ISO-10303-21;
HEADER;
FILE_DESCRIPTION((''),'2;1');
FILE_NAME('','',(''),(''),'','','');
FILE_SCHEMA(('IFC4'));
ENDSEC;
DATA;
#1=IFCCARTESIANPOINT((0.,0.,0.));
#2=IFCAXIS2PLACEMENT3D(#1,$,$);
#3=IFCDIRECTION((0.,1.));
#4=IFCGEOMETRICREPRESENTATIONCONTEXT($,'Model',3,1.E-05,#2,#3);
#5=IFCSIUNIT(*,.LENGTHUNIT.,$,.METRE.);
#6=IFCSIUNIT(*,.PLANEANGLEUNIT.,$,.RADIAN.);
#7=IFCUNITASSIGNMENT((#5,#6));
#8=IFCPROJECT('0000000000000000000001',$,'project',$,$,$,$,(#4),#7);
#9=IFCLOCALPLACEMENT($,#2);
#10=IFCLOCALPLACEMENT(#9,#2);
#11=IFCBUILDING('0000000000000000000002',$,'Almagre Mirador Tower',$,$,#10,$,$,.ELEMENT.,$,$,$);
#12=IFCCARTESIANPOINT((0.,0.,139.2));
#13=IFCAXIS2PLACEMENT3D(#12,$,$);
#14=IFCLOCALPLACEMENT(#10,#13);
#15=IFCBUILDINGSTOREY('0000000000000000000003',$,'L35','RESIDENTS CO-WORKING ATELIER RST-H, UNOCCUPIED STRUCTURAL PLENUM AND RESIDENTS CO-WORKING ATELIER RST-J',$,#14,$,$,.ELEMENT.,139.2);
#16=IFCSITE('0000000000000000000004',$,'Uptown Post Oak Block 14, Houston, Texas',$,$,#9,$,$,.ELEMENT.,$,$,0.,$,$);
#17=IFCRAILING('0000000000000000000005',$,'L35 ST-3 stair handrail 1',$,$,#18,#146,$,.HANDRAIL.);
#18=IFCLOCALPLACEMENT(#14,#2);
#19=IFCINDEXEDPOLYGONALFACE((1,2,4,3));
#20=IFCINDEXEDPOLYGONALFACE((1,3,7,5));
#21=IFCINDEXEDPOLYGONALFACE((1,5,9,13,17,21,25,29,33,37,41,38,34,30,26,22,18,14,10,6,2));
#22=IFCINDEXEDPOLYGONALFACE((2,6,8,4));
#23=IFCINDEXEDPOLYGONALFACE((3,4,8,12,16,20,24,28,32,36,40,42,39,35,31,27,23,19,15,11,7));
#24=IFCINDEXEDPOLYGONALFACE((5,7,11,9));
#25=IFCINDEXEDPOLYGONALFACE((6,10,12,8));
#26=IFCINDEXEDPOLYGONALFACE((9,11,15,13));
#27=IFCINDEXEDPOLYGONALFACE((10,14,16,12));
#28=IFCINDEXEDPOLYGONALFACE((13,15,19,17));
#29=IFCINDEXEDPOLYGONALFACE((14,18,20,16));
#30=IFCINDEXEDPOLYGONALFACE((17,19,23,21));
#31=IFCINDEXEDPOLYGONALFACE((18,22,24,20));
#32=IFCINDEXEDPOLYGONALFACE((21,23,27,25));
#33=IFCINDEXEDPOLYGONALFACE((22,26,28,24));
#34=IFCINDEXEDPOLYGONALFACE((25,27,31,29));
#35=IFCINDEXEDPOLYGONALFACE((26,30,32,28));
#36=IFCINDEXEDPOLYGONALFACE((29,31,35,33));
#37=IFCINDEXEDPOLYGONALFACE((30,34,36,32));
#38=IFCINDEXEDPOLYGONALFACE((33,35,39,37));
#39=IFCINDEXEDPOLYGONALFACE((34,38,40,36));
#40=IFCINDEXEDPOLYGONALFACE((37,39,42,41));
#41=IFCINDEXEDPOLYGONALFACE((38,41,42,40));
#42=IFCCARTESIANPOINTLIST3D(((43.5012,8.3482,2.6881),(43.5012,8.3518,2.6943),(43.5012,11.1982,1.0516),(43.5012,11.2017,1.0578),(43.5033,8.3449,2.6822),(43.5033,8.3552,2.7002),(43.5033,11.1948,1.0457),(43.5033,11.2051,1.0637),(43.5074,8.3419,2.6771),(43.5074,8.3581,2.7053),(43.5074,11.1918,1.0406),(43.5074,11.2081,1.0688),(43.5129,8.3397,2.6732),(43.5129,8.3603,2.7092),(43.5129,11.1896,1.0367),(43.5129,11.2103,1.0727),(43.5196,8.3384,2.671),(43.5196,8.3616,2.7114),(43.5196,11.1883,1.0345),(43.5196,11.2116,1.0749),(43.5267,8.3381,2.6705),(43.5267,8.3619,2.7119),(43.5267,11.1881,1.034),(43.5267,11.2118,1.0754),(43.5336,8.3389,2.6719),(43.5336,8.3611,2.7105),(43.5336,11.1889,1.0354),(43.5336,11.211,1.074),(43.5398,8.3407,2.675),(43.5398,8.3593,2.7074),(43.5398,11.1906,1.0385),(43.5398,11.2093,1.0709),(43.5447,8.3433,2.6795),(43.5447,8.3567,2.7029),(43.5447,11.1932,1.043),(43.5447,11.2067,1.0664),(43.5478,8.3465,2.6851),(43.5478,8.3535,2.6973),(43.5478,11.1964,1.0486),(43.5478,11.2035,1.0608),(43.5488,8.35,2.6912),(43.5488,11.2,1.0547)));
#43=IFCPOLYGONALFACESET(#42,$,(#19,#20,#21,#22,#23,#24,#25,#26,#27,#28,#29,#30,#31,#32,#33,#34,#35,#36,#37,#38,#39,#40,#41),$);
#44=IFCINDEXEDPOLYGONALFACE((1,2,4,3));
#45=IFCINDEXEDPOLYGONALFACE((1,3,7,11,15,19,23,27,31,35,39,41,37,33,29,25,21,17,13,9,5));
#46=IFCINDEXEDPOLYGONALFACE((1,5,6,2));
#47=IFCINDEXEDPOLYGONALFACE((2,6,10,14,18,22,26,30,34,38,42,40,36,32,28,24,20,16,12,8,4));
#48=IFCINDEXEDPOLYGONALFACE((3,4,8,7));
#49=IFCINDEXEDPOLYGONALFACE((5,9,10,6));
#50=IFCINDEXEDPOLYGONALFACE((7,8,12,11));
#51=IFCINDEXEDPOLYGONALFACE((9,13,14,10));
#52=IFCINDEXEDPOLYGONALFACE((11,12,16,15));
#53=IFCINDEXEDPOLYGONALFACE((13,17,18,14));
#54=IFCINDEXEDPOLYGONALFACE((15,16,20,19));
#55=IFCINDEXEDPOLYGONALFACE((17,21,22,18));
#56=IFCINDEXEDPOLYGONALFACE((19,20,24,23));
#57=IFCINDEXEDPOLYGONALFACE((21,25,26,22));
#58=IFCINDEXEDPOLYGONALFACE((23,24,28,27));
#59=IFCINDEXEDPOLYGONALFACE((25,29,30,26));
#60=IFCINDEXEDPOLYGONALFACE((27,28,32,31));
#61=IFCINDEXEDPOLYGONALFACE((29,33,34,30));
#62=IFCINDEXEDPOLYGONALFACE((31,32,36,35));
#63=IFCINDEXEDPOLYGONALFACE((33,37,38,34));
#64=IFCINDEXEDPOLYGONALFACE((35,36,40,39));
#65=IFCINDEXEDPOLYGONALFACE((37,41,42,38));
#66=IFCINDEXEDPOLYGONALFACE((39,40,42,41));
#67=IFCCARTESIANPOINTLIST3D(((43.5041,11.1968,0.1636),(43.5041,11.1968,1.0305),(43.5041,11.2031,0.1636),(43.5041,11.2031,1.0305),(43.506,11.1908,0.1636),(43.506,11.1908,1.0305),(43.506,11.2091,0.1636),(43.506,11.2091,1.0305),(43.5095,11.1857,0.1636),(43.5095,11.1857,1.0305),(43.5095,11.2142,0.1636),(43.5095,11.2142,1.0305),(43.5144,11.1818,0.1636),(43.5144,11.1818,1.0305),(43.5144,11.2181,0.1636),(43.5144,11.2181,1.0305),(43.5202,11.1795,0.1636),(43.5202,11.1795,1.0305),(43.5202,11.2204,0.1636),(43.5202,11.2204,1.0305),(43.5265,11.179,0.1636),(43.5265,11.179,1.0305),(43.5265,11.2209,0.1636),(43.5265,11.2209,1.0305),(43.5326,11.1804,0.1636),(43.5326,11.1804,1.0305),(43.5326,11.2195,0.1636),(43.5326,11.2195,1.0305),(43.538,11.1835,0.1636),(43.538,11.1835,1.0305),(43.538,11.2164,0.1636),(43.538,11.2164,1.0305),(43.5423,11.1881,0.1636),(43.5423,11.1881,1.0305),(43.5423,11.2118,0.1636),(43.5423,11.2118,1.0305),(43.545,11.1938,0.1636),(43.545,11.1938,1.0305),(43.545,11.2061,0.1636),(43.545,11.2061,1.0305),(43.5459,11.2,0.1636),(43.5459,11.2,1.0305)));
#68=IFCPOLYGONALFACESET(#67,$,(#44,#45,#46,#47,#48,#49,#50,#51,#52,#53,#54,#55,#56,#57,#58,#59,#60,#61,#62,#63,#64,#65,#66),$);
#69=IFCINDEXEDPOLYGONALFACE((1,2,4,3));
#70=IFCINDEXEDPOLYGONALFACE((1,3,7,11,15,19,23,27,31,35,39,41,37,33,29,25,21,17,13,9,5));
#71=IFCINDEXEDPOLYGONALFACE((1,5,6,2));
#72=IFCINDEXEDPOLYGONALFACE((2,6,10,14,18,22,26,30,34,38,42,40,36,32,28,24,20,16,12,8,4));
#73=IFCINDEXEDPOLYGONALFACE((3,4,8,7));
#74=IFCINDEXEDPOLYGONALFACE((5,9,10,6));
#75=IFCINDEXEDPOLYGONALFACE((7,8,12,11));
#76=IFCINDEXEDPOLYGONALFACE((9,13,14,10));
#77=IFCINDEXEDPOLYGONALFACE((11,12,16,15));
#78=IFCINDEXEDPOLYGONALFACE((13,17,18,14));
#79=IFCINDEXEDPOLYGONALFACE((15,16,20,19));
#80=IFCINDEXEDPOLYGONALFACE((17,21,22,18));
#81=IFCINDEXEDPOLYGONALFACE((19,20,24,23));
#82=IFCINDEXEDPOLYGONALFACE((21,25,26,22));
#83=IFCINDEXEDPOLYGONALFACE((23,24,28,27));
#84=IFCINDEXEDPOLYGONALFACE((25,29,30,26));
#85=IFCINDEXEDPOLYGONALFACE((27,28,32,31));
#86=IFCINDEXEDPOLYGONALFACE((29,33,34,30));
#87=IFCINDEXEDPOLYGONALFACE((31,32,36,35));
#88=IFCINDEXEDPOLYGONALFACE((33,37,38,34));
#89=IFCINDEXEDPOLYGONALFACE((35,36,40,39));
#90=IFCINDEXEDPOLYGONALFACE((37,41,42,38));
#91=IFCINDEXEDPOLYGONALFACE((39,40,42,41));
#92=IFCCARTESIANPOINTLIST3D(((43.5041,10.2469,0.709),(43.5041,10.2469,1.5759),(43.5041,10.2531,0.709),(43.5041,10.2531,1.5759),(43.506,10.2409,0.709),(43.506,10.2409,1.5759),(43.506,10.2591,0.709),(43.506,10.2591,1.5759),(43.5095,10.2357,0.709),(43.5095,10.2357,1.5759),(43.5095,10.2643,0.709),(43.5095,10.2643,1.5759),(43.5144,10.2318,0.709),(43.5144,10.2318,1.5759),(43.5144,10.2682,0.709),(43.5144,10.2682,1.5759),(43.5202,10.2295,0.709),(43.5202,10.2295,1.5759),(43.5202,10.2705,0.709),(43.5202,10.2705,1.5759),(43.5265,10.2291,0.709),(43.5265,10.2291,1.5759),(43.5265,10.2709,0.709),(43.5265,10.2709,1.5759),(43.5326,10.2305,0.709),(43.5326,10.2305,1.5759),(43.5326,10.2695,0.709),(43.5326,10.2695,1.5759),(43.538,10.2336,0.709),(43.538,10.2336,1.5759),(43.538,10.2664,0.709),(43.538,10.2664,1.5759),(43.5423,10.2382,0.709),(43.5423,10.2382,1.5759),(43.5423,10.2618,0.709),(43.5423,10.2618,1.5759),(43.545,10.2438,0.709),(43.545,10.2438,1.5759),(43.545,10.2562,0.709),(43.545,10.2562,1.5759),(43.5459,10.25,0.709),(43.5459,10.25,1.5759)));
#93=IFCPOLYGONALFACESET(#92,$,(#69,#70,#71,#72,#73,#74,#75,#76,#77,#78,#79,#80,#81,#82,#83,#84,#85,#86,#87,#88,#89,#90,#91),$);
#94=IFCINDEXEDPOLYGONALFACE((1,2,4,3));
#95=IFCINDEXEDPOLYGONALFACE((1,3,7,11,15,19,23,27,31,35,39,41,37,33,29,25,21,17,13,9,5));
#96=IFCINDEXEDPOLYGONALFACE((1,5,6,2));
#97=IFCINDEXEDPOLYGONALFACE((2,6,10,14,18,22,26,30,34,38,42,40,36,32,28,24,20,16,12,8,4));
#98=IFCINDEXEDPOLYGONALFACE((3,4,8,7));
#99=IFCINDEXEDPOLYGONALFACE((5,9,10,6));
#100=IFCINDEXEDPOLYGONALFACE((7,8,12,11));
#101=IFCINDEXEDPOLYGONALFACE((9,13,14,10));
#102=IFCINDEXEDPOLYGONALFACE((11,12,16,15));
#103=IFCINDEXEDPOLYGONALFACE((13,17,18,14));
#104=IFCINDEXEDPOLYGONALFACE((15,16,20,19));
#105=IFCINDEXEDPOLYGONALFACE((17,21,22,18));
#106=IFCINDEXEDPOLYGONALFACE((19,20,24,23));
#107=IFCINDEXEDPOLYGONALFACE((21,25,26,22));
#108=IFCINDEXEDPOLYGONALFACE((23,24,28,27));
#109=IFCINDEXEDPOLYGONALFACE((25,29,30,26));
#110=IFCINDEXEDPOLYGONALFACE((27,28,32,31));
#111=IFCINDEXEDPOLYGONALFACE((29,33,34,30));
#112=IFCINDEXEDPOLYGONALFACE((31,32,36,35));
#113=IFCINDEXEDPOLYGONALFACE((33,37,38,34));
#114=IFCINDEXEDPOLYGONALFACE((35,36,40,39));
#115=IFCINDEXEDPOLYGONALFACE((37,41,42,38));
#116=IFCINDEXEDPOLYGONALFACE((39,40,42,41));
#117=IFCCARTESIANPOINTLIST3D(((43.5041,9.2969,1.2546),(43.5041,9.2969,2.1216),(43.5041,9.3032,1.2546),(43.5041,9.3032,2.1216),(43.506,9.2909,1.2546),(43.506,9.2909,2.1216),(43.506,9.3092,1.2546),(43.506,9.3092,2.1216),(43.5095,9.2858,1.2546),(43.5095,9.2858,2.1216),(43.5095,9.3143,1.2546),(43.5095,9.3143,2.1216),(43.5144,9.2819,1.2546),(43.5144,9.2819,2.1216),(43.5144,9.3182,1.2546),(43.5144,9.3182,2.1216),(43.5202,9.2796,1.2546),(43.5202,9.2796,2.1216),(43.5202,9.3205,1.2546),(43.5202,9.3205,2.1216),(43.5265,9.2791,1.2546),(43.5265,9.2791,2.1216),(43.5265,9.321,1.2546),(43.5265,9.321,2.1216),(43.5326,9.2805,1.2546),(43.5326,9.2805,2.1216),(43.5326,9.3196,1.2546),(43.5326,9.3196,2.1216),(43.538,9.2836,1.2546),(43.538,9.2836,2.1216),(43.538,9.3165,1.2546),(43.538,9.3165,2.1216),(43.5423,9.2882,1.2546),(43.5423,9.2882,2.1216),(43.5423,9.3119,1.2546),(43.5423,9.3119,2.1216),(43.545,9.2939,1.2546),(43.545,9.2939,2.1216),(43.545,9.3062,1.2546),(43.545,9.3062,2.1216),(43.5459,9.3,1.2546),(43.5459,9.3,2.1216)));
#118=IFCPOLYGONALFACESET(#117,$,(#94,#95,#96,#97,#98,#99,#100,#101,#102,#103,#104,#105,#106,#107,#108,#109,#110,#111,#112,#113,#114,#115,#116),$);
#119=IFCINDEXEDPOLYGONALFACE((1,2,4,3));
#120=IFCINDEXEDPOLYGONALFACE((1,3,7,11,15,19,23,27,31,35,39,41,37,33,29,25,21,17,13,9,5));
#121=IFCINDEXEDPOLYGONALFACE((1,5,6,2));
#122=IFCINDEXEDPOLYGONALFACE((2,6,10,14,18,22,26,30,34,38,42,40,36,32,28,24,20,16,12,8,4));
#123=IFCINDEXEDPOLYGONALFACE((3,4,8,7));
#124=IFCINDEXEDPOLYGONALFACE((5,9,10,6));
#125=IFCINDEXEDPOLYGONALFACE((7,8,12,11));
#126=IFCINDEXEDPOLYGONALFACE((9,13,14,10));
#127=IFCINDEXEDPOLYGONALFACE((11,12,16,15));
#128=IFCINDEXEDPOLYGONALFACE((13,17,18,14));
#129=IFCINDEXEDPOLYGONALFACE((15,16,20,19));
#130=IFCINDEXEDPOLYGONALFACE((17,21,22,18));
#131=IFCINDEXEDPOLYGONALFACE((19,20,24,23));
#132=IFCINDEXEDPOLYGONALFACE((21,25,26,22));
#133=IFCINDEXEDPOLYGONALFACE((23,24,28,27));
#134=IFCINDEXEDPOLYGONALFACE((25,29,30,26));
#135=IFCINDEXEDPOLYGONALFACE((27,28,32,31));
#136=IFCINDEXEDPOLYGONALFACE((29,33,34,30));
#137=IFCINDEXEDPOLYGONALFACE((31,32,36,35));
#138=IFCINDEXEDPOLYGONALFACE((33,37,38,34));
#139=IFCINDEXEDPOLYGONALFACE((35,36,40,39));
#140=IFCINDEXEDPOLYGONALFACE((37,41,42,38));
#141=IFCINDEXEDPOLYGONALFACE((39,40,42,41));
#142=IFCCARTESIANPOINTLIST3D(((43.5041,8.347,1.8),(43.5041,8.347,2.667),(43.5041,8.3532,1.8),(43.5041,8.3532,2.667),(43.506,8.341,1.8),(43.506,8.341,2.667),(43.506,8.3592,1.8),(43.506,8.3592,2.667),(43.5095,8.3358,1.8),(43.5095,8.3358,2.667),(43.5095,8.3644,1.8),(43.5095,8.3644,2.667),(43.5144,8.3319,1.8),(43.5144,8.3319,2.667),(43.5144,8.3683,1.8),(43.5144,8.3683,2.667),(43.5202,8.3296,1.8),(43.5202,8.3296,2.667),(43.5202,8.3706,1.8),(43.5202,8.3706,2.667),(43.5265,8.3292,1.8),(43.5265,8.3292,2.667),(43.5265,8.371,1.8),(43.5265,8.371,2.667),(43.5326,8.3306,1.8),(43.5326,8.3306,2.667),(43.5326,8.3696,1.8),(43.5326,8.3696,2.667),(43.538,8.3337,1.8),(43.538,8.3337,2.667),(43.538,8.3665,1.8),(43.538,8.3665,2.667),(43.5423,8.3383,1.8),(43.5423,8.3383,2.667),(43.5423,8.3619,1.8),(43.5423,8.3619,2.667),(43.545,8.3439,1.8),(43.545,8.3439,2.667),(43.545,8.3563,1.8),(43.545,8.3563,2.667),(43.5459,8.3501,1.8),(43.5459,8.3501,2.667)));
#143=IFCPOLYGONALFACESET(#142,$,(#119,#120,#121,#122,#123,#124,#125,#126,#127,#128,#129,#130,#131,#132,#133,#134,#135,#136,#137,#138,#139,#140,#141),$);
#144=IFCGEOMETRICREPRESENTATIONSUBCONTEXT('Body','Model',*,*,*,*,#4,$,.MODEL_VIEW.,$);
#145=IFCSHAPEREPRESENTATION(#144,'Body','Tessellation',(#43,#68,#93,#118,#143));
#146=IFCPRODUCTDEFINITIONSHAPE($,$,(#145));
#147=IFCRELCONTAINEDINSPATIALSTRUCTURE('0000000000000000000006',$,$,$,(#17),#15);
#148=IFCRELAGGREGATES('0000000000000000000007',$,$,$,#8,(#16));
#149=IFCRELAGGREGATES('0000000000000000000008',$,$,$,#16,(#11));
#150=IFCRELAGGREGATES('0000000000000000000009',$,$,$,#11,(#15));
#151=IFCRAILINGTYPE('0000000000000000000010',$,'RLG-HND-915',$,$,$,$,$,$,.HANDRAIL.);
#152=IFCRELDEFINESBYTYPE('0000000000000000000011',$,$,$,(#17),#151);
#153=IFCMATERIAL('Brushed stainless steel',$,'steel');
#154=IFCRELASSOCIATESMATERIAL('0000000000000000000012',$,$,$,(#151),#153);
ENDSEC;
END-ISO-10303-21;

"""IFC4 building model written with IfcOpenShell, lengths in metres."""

from ifc_helpers import new_model, si_unit, direction, frame, origin, origin_2d, place, context, subcontext, project, spatial, circle, extrude, material, type_object, element, save


model = new_model("IFC4")

# Units and contexts
model_context = context("Model", 3, precision=1e-05, world=origin(), true_north=direction((0.0, 1.0)))
body_context = subcontext(model_context, "Body", "Model", "MODEL_VIEW")
ifc_project = project(units=[si_unit("LENGTHUNIT", "METRE"), si_unit("PLANEANGLEUNIT", "RADIAN")], contexts=[model_context])

# Site, building, storey
site_placement = place(None, origin())
site = spatial("IfcSite", under=ifc_project, at=site_placement, Name="Uptown Post Oak Block 14, Houston, Texas", CompositionType="ELEMENT", RefElevation=0.0)
building_placement = place(site_placement, origin())
building = spatial("IfcBuilding", under=site, at=building_placement, Name="Almagre Mirador Tower", CompositionType="ELEMENT")
storey_placement = place(building_placement, frame((0.0, 0.0, 139.2)))
storey = spatial("IfcBuildingStorey", under=building, at=storey_placement, Name="L35", Description="RESIDENTS CO-WORKING ATELIER RST-H, UNOCCUPIED STRUCTURAL PLENUM AND RESIDENTS CO-WORKING ATELIER RST-J", CompositionType="ELEMENT", Elevation=139.2)

# Railing
ifc_material_1 = material(Name="Brushed stainless steel", Category="steel")
railing_type_1 = type_object("IfcRailingType", Name="RLG-HND-915", PredefinedType="HANDRAIL", material=ifc_material_1)
railing_1_placement = place(storey_placement, frame((43.5249, 11.2, 0.1636)))
element("IfcRailing", 1, at=railing_1_placement, inside=storey, type_object=railing_type_1, Name="L35 ST-3 stair handrail 1", PredefinedType="HANDRAIL", context=body_context, shape_type="SweptSolid", body=[
    extrude(circle(Radius=0.0239, at=origin_2d()), frame((0.0, 0.0, 0.8911), z_axis=(0.0, -0.867194, 0.49797), x_axis=(1.0, 0.0, 0.0)), (0.0, 0.0, 1.0), 3.2864),
    extrude(circle(Radius=0.021, at=origin_2d()), origin(), (0.0, 0.0, 1.0), 0.8669),
    extrude(circle(Radius=0.021, at=origin_2d()), frame((0.0, -0.95, 0.5454)), (0.0, 0.0, 1.0), 0.8669),
    extrude(circle(Radius=0.021, at=origin_2d()), frame((0.0, -1.8999, 1.0911)), (0.0, 0.0, 1.0), 0.8669),
    extrude(circle(Radius=0.021, at=origin_2d()), frame((0.0, -2.8499, 1.6365)), (0.0, 0.0, 1.0), 0.8669),
])

save(model, "model.ifc")
